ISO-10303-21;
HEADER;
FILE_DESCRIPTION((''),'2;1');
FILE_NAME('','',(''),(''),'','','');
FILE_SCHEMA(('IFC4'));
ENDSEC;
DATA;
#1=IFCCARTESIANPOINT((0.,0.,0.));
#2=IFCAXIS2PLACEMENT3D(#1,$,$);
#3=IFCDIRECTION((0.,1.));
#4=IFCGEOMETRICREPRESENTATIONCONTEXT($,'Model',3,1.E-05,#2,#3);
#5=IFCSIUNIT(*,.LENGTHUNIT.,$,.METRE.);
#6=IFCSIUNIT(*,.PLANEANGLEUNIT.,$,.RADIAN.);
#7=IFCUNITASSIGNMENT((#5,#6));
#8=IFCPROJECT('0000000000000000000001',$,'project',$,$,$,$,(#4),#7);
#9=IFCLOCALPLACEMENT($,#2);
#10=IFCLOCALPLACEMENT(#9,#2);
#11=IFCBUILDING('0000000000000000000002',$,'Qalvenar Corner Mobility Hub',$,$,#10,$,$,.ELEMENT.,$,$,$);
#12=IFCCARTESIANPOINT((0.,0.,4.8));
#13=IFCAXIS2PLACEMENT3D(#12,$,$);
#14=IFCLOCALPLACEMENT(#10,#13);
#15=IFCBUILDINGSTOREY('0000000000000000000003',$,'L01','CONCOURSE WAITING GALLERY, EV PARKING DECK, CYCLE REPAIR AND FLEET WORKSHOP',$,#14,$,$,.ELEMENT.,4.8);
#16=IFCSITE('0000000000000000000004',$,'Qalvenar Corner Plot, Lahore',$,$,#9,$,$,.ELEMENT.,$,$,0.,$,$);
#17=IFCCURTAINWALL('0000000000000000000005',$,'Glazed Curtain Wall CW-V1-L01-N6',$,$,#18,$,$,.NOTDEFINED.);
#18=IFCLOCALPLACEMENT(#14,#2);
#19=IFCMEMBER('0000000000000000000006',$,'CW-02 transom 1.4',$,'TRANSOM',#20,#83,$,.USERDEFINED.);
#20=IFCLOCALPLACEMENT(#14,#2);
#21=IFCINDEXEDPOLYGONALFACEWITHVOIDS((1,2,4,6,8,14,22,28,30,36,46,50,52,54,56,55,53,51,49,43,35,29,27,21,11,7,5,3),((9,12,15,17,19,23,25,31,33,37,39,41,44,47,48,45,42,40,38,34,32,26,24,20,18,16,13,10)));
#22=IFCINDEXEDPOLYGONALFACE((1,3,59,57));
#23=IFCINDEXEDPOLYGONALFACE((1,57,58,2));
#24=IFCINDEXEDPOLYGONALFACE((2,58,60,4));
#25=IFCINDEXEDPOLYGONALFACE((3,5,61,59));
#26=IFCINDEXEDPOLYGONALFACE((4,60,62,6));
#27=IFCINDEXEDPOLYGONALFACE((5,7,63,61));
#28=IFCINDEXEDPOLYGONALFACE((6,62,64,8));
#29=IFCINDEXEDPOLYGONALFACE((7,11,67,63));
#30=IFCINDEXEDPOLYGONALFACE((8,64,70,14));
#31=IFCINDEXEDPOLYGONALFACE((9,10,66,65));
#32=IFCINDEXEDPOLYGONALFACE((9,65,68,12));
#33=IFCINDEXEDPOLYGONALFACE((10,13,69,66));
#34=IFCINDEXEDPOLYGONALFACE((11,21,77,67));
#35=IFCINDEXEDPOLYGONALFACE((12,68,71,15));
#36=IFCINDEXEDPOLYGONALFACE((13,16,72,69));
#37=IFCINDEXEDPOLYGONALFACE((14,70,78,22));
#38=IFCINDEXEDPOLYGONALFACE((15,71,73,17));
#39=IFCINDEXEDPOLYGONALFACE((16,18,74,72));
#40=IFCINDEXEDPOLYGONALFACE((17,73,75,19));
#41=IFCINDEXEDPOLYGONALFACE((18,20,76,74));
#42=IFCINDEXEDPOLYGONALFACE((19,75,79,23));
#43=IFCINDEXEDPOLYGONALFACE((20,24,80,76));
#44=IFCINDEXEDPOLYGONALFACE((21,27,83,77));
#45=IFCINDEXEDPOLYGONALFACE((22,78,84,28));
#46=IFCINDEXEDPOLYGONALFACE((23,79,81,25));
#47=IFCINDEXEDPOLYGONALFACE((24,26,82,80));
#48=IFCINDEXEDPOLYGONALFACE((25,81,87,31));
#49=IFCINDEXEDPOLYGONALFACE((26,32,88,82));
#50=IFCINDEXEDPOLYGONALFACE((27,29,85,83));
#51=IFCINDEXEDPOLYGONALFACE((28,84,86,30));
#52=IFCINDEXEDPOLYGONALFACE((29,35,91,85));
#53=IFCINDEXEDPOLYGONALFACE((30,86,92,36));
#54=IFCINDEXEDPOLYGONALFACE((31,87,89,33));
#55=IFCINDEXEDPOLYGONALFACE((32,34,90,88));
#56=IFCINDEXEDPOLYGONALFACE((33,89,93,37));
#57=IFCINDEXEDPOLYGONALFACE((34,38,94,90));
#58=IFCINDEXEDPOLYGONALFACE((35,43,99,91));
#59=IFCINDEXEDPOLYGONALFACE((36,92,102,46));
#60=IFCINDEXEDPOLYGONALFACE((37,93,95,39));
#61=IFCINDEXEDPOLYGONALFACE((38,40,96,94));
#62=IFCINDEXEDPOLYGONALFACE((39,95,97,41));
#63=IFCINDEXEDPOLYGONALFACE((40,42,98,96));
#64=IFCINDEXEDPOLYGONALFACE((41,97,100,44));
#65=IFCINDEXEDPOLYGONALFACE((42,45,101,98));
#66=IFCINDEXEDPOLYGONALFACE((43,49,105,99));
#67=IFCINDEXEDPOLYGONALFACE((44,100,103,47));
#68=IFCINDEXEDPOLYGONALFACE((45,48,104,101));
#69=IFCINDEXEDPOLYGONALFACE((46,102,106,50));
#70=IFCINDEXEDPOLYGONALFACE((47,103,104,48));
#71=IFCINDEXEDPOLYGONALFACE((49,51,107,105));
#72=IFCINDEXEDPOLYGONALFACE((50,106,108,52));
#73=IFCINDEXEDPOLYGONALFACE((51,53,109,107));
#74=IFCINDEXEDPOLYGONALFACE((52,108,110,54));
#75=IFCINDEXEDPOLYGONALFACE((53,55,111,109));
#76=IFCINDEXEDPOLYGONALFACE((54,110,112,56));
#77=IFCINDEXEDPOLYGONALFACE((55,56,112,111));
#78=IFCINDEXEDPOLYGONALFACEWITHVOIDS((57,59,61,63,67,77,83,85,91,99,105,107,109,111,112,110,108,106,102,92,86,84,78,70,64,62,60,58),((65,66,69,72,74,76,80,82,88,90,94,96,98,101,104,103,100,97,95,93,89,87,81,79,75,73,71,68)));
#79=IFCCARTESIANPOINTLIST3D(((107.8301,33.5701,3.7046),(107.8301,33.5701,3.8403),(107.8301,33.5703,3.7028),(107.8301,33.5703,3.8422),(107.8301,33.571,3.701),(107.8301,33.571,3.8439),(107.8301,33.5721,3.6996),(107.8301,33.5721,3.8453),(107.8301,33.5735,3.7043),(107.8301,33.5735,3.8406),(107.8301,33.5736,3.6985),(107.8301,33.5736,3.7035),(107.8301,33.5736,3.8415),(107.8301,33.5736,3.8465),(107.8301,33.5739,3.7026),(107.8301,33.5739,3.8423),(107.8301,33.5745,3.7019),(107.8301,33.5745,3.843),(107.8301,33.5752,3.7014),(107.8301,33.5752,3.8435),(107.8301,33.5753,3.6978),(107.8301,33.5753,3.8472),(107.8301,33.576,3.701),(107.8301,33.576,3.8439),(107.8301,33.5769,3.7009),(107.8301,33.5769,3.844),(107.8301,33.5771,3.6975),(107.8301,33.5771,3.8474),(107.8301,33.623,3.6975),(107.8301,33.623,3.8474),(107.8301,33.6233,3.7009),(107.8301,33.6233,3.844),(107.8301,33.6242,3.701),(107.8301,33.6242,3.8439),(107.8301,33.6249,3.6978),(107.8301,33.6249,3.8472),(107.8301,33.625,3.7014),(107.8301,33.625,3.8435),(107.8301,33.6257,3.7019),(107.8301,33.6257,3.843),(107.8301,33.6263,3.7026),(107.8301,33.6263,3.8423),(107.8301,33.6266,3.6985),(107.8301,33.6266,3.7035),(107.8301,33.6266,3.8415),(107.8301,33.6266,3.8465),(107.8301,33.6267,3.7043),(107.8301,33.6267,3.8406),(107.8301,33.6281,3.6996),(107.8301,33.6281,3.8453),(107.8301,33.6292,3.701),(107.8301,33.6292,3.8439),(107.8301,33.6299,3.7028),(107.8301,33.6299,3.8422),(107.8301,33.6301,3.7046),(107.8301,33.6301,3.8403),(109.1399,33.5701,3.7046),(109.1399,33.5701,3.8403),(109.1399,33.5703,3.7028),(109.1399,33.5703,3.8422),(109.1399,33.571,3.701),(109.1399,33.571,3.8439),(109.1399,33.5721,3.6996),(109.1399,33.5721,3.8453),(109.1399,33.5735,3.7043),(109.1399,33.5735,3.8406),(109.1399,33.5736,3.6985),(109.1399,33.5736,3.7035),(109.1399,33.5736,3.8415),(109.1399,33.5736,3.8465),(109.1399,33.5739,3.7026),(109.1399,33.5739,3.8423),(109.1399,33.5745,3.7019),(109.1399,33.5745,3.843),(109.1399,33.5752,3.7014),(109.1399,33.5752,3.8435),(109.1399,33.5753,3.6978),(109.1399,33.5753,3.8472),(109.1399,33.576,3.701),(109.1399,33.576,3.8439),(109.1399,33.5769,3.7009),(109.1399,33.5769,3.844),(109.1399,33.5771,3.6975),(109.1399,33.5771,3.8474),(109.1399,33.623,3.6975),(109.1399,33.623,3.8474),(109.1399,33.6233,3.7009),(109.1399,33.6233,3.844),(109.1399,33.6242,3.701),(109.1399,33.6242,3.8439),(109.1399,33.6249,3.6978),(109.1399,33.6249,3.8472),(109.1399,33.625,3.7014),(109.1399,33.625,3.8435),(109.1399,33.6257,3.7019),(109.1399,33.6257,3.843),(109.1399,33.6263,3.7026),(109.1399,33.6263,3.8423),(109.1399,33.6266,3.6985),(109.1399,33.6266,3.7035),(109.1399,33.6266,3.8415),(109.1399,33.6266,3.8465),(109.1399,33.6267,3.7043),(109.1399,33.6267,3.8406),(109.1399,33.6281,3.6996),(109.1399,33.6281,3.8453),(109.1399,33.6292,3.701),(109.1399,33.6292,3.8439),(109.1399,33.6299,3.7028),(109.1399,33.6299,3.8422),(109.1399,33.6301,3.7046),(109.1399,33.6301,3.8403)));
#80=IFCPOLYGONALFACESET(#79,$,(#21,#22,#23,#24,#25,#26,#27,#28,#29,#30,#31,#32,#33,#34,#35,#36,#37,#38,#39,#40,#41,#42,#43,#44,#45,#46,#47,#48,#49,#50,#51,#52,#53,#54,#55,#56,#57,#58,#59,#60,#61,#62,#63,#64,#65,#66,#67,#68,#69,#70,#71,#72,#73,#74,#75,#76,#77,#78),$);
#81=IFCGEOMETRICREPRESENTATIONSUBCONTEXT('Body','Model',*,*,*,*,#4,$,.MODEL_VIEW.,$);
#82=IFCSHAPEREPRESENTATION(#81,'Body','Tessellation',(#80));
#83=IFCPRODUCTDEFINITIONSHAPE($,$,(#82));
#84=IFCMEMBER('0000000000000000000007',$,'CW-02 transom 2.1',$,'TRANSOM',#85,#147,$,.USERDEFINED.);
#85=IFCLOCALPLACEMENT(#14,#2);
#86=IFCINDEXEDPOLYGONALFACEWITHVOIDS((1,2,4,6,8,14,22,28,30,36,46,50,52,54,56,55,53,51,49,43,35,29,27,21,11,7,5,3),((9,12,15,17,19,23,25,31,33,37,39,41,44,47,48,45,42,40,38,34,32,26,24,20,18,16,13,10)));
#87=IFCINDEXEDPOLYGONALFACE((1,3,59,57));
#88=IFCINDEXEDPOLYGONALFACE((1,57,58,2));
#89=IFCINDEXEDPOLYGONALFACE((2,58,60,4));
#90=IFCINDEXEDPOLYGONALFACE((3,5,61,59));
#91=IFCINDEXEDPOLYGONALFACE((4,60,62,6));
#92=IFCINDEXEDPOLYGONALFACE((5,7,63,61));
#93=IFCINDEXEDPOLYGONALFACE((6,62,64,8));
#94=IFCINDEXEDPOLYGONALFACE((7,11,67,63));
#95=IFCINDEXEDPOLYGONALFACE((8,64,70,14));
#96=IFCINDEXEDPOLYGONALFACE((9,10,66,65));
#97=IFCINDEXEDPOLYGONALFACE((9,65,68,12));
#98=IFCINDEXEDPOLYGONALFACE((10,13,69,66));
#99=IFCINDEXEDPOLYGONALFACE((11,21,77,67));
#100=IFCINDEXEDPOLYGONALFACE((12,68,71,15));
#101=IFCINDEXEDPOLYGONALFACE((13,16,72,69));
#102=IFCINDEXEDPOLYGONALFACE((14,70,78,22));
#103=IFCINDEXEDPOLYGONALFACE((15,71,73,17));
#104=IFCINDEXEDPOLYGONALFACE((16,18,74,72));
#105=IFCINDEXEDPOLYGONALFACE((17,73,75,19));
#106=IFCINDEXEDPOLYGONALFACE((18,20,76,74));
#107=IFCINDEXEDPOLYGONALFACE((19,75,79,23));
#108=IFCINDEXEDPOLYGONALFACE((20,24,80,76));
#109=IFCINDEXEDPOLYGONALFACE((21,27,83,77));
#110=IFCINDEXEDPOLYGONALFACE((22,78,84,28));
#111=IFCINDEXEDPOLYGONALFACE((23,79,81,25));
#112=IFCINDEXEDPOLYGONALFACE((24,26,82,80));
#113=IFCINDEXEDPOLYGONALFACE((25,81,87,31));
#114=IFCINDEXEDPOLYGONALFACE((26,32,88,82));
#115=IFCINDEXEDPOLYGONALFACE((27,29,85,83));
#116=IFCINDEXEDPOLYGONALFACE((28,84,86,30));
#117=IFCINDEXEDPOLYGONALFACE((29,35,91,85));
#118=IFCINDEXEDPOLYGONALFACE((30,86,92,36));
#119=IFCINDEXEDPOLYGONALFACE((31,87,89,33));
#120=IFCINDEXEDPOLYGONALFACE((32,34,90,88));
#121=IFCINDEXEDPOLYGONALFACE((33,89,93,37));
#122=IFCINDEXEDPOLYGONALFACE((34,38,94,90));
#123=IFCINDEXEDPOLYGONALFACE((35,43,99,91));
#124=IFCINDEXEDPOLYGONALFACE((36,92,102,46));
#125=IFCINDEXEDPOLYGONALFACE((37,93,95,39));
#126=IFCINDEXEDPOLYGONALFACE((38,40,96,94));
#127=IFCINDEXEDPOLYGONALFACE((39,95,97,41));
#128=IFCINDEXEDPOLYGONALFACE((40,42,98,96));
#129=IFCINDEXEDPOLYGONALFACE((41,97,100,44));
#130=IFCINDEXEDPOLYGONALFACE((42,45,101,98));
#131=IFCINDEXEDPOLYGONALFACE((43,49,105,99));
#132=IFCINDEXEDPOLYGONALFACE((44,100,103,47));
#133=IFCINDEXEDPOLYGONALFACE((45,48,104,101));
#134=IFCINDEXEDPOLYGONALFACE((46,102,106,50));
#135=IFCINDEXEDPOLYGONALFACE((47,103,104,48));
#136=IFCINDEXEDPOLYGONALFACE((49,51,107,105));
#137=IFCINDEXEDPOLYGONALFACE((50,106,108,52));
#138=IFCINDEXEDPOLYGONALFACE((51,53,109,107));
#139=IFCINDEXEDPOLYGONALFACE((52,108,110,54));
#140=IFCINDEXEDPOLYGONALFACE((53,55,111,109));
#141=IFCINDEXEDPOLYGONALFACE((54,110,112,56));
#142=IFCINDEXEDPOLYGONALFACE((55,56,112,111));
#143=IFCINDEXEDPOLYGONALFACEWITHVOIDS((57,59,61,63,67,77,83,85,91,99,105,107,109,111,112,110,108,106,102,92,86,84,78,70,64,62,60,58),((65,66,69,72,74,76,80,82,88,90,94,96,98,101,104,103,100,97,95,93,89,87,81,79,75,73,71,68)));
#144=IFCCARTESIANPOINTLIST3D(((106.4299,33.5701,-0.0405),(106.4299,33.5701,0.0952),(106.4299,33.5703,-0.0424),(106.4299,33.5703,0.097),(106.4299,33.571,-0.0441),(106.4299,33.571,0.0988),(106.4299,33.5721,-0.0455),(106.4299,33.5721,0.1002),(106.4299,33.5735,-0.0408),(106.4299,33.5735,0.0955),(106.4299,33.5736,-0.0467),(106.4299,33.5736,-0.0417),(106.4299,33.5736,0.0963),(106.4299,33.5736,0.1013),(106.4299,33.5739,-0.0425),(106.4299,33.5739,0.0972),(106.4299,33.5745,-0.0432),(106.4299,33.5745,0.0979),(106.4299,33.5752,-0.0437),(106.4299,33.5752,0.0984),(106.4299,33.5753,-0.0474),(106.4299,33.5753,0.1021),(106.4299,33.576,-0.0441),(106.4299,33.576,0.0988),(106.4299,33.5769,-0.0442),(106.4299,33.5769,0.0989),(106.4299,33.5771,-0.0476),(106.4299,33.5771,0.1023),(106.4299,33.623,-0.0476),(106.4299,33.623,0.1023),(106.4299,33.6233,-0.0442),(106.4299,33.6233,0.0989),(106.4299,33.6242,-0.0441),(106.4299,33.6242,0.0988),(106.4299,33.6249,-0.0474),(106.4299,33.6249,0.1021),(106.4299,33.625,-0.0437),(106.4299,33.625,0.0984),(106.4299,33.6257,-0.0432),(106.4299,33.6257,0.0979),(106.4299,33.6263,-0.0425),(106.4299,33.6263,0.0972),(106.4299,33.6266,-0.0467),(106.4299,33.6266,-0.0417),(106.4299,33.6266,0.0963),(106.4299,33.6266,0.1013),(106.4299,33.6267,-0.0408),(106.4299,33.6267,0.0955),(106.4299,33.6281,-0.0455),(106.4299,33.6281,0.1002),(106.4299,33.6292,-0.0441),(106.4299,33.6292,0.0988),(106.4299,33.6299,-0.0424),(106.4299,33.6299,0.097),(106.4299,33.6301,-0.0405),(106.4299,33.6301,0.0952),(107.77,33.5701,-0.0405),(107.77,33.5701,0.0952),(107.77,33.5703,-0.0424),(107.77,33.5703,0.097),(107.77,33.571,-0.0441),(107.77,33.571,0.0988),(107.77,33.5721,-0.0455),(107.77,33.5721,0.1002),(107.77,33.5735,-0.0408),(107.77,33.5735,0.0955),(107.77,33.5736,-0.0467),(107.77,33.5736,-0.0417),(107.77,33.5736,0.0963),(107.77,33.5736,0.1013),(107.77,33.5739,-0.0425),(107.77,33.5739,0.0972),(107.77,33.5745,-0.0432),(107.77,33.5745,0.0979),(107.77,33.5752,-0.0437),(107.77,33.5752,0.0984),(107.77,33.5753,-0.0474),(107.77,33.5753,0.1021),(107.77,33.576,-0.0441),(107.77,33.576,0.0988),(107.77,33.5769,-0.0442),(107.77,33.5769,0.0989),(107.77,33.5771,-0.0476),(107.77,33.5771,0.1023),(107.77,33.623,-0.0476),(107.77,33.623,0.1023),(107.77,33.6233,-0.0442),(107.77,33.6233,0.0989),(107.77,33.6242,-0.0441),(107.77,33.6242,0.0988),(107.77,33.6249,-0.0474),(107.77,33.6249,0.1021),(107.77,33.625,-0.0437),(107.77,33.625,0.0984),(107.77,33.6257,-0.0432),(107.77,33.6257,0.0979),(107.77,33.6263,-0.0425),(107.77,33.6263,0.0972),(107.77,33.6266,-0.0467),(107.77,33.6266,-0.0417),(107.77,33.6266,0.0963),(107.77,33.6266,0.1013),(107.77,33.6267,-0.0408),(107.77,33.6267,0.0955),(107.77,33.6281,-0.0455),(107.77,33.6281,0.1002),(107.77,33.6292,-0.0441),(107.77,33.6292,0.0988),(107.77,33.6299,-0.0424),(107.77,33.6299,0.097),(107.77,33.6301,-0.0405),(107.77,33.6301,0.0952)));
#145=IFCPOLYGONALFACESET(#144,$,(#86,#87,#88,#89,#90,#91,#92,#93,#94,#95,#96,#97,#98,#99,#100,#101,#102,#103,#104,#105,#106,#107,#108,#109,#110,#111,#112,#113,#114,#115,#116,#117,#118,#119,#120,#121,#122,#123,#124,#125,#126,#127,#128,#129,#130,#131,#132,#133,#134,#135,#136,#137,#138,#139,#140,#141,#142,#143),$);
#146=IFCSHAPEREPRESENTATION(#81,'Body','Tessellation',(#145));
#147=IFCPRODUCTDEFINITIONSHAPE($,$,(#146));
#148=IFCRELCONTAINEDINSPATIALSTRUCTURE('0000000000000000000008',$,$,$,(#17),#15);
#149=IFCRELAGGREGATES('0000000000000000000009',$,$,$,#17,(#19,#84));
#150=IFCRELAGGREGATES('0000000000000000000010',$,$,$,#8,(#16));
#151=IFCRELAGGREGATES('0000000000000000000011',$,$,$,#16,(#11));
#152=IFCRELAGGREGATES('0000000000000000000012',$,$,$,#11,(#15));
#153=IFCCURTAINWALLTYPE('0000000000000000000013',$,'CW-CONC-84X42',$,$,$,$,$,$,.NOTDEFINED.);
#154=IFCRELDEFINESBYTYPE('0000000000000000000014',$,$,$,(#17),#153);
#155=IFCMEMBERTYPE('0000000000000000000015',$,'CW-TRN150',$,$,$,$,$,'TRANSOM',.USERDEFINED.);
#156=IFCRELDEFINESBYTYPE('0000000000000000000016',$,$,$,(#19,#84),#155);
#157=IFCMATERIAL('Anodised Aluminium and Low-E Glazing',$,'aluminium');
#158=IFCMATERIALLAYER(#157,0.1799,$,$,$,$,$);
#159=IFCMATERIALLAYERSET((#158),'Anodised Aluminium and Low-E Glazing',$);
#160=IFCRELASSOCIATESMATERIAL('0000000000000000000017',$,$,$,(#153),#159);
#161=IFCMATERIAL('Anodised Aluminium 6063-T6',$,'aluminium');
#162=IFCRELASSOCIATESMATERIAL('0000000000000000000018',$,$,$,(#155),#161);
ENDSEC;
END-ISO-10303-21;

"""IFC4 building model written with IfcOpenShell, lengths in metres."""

from ifc_helpers import new_model, si_unit, direction, frame, origin, origin_2d, place, context, subcontext, project, spatial, hollow_rectangle, extrude, material, layer, layer_set, material_profile, profile_set, type_object, element, aggregate, save


model = new_model("IFC4")

# Units and contexts
model_context = context("Model", 3, precision=1e-05, world=origin(), true_north=direction((0.0, 1.0)))
body_context = subcontext(model_context, "Body", "Model", "MODEL_VIEW")
ifc_project = project(units=[si_unit("LENGTHUNIT", "METRE"), si_unit("PLANEANGLEUNIT", "RADIAN")], contexts=[model_context])

# Site, building, storey
site_placement = place(None, origin())
site = spatial("IfcSite", under=ifc_project, at=site_placement, Name="Qalvenar Corner Plot, Lahore", CompositionType="ELEMENT", RefElevation=0.0)
building_placement = place(site_placement, origin())
building = spatial("IfcBuilding", under=site, at=building_placement, Name="Qalvenar Corner Mobility Hub", CompositionType="ELEMENT")
storey_placement = place(building_placement, frame((0.0, 0.0, 4.8)))
storey = spatial("IfcBuildingStorey", under=building, at=storey_placement, Name="L01", Description="CONCOURSE WAITING GALLERY, EV PARKING DECK, CYCLE REPAIR AND FLEET WORKSHOP", CompositionType="ELEMENT", Elevation=4.8)

# Shared definitions
ifc_material_1 = material(Name="Anodised Aluminium and Low-E Glazing", Category="aluminium")
ifc_material_2 = material(Name="Anodised Aluminium 6063-T6", Category="aluminium")

# Curtain wall, members
ifc_layer_1 = layer(ifc_material_1, 0.1799)
ifc_layer_set_1 = layer_set([ifc_layer_1], Name="Anodised Aluminium and Low-E Glazing")
curtain_wall_type_1 = type_object("IfcCurtainWallType", Name="CW-CONC-84X42", PredefinedType="NOTDEFINED", material=ifc_layer_set_1)
curtain_wall_1_placement = place(storey_placement, origin())
curtain_wall_1 = element("IfcCurtainWall", 1, at=curtain_wall_1_placement, inside=storey, type_object=curtain_wall_type_1, Name="Glazed Curtain Wall CW-V1-L01-N6", PredefinedType="NOTDEFINED")
ifc_material_profile_1 = material_profile(ifc_material_2, hollow_rectangle(XDim=0.0601, YDim=0.1499, WallThickness=0.0034, InnerFilletRadius=0.0034, OuterFilletRadius=0.0071, at=origin_2d()), Name="RHS150x60x3.5")
ifc_profile_set_1 = profile_set([ifc_material_profile_1], Name="Anodised Aluminium 6063-T6")
member_type_1 = type_object("IfcMemberType", Name="CW-TRN150", ElementType="TRANSOM", PredefinedType="USERDEFINED", material=ifc_profile_set_1)
member_1_placement = place(storey_placement, frame((109.1399, 33.6001, 3.7725), z_axis=(-1.0, 0.0, 0.0), x_axis=(0.0, -1.0, 0.0)))
member_1 = element("IfcMember", 2, at=member_1_placement, type_object=member_type_1, Name="CW-02 transom 1.4", ObjectType="TRANSOM", PredefinedType="USERDEFINED", context=body_context, shape_type="SweptSolid", body=[
    extrude(hollow_rectangle(XDim=0.0601, YDim=0.1499, WallThickness=0.0034, InnerFilletRadius=0.0034, OuterFilletRadius=0.0071, at=origin_2d()), origin(), (0.0, 0.0, 1.0), 1.3098),
])
member_2_placement = place(storey_placement, frame((107.77, 33.6001, 0.0273), z_axis=(-1.0, 0.0, 0.0), x_axis=(0.0, -1.0, 0.0)))
member_2 = element("IfcMember", 3, at=member_2_placement, type_object=member_type_1, Name="CW-02 transom 2.1", ObjectType="TRANSOM", PredefinedType="USERDEFINED", context=body_context, shape_type="SweptSolid", body=[
    extrude(hollow_rectangle(XDim=0.0601, YDim=0.1499, WallThickness=0.0034, InnerFilletRadius=0.0034, OuterFilletRadius=0.0071, at=origin_2d()), origin(), (0.0, 0.0, 1.0), 1.3401),
])
aggregate(curtain_wall_1, [member_1, member_2])

save(model, "model.ifc")
